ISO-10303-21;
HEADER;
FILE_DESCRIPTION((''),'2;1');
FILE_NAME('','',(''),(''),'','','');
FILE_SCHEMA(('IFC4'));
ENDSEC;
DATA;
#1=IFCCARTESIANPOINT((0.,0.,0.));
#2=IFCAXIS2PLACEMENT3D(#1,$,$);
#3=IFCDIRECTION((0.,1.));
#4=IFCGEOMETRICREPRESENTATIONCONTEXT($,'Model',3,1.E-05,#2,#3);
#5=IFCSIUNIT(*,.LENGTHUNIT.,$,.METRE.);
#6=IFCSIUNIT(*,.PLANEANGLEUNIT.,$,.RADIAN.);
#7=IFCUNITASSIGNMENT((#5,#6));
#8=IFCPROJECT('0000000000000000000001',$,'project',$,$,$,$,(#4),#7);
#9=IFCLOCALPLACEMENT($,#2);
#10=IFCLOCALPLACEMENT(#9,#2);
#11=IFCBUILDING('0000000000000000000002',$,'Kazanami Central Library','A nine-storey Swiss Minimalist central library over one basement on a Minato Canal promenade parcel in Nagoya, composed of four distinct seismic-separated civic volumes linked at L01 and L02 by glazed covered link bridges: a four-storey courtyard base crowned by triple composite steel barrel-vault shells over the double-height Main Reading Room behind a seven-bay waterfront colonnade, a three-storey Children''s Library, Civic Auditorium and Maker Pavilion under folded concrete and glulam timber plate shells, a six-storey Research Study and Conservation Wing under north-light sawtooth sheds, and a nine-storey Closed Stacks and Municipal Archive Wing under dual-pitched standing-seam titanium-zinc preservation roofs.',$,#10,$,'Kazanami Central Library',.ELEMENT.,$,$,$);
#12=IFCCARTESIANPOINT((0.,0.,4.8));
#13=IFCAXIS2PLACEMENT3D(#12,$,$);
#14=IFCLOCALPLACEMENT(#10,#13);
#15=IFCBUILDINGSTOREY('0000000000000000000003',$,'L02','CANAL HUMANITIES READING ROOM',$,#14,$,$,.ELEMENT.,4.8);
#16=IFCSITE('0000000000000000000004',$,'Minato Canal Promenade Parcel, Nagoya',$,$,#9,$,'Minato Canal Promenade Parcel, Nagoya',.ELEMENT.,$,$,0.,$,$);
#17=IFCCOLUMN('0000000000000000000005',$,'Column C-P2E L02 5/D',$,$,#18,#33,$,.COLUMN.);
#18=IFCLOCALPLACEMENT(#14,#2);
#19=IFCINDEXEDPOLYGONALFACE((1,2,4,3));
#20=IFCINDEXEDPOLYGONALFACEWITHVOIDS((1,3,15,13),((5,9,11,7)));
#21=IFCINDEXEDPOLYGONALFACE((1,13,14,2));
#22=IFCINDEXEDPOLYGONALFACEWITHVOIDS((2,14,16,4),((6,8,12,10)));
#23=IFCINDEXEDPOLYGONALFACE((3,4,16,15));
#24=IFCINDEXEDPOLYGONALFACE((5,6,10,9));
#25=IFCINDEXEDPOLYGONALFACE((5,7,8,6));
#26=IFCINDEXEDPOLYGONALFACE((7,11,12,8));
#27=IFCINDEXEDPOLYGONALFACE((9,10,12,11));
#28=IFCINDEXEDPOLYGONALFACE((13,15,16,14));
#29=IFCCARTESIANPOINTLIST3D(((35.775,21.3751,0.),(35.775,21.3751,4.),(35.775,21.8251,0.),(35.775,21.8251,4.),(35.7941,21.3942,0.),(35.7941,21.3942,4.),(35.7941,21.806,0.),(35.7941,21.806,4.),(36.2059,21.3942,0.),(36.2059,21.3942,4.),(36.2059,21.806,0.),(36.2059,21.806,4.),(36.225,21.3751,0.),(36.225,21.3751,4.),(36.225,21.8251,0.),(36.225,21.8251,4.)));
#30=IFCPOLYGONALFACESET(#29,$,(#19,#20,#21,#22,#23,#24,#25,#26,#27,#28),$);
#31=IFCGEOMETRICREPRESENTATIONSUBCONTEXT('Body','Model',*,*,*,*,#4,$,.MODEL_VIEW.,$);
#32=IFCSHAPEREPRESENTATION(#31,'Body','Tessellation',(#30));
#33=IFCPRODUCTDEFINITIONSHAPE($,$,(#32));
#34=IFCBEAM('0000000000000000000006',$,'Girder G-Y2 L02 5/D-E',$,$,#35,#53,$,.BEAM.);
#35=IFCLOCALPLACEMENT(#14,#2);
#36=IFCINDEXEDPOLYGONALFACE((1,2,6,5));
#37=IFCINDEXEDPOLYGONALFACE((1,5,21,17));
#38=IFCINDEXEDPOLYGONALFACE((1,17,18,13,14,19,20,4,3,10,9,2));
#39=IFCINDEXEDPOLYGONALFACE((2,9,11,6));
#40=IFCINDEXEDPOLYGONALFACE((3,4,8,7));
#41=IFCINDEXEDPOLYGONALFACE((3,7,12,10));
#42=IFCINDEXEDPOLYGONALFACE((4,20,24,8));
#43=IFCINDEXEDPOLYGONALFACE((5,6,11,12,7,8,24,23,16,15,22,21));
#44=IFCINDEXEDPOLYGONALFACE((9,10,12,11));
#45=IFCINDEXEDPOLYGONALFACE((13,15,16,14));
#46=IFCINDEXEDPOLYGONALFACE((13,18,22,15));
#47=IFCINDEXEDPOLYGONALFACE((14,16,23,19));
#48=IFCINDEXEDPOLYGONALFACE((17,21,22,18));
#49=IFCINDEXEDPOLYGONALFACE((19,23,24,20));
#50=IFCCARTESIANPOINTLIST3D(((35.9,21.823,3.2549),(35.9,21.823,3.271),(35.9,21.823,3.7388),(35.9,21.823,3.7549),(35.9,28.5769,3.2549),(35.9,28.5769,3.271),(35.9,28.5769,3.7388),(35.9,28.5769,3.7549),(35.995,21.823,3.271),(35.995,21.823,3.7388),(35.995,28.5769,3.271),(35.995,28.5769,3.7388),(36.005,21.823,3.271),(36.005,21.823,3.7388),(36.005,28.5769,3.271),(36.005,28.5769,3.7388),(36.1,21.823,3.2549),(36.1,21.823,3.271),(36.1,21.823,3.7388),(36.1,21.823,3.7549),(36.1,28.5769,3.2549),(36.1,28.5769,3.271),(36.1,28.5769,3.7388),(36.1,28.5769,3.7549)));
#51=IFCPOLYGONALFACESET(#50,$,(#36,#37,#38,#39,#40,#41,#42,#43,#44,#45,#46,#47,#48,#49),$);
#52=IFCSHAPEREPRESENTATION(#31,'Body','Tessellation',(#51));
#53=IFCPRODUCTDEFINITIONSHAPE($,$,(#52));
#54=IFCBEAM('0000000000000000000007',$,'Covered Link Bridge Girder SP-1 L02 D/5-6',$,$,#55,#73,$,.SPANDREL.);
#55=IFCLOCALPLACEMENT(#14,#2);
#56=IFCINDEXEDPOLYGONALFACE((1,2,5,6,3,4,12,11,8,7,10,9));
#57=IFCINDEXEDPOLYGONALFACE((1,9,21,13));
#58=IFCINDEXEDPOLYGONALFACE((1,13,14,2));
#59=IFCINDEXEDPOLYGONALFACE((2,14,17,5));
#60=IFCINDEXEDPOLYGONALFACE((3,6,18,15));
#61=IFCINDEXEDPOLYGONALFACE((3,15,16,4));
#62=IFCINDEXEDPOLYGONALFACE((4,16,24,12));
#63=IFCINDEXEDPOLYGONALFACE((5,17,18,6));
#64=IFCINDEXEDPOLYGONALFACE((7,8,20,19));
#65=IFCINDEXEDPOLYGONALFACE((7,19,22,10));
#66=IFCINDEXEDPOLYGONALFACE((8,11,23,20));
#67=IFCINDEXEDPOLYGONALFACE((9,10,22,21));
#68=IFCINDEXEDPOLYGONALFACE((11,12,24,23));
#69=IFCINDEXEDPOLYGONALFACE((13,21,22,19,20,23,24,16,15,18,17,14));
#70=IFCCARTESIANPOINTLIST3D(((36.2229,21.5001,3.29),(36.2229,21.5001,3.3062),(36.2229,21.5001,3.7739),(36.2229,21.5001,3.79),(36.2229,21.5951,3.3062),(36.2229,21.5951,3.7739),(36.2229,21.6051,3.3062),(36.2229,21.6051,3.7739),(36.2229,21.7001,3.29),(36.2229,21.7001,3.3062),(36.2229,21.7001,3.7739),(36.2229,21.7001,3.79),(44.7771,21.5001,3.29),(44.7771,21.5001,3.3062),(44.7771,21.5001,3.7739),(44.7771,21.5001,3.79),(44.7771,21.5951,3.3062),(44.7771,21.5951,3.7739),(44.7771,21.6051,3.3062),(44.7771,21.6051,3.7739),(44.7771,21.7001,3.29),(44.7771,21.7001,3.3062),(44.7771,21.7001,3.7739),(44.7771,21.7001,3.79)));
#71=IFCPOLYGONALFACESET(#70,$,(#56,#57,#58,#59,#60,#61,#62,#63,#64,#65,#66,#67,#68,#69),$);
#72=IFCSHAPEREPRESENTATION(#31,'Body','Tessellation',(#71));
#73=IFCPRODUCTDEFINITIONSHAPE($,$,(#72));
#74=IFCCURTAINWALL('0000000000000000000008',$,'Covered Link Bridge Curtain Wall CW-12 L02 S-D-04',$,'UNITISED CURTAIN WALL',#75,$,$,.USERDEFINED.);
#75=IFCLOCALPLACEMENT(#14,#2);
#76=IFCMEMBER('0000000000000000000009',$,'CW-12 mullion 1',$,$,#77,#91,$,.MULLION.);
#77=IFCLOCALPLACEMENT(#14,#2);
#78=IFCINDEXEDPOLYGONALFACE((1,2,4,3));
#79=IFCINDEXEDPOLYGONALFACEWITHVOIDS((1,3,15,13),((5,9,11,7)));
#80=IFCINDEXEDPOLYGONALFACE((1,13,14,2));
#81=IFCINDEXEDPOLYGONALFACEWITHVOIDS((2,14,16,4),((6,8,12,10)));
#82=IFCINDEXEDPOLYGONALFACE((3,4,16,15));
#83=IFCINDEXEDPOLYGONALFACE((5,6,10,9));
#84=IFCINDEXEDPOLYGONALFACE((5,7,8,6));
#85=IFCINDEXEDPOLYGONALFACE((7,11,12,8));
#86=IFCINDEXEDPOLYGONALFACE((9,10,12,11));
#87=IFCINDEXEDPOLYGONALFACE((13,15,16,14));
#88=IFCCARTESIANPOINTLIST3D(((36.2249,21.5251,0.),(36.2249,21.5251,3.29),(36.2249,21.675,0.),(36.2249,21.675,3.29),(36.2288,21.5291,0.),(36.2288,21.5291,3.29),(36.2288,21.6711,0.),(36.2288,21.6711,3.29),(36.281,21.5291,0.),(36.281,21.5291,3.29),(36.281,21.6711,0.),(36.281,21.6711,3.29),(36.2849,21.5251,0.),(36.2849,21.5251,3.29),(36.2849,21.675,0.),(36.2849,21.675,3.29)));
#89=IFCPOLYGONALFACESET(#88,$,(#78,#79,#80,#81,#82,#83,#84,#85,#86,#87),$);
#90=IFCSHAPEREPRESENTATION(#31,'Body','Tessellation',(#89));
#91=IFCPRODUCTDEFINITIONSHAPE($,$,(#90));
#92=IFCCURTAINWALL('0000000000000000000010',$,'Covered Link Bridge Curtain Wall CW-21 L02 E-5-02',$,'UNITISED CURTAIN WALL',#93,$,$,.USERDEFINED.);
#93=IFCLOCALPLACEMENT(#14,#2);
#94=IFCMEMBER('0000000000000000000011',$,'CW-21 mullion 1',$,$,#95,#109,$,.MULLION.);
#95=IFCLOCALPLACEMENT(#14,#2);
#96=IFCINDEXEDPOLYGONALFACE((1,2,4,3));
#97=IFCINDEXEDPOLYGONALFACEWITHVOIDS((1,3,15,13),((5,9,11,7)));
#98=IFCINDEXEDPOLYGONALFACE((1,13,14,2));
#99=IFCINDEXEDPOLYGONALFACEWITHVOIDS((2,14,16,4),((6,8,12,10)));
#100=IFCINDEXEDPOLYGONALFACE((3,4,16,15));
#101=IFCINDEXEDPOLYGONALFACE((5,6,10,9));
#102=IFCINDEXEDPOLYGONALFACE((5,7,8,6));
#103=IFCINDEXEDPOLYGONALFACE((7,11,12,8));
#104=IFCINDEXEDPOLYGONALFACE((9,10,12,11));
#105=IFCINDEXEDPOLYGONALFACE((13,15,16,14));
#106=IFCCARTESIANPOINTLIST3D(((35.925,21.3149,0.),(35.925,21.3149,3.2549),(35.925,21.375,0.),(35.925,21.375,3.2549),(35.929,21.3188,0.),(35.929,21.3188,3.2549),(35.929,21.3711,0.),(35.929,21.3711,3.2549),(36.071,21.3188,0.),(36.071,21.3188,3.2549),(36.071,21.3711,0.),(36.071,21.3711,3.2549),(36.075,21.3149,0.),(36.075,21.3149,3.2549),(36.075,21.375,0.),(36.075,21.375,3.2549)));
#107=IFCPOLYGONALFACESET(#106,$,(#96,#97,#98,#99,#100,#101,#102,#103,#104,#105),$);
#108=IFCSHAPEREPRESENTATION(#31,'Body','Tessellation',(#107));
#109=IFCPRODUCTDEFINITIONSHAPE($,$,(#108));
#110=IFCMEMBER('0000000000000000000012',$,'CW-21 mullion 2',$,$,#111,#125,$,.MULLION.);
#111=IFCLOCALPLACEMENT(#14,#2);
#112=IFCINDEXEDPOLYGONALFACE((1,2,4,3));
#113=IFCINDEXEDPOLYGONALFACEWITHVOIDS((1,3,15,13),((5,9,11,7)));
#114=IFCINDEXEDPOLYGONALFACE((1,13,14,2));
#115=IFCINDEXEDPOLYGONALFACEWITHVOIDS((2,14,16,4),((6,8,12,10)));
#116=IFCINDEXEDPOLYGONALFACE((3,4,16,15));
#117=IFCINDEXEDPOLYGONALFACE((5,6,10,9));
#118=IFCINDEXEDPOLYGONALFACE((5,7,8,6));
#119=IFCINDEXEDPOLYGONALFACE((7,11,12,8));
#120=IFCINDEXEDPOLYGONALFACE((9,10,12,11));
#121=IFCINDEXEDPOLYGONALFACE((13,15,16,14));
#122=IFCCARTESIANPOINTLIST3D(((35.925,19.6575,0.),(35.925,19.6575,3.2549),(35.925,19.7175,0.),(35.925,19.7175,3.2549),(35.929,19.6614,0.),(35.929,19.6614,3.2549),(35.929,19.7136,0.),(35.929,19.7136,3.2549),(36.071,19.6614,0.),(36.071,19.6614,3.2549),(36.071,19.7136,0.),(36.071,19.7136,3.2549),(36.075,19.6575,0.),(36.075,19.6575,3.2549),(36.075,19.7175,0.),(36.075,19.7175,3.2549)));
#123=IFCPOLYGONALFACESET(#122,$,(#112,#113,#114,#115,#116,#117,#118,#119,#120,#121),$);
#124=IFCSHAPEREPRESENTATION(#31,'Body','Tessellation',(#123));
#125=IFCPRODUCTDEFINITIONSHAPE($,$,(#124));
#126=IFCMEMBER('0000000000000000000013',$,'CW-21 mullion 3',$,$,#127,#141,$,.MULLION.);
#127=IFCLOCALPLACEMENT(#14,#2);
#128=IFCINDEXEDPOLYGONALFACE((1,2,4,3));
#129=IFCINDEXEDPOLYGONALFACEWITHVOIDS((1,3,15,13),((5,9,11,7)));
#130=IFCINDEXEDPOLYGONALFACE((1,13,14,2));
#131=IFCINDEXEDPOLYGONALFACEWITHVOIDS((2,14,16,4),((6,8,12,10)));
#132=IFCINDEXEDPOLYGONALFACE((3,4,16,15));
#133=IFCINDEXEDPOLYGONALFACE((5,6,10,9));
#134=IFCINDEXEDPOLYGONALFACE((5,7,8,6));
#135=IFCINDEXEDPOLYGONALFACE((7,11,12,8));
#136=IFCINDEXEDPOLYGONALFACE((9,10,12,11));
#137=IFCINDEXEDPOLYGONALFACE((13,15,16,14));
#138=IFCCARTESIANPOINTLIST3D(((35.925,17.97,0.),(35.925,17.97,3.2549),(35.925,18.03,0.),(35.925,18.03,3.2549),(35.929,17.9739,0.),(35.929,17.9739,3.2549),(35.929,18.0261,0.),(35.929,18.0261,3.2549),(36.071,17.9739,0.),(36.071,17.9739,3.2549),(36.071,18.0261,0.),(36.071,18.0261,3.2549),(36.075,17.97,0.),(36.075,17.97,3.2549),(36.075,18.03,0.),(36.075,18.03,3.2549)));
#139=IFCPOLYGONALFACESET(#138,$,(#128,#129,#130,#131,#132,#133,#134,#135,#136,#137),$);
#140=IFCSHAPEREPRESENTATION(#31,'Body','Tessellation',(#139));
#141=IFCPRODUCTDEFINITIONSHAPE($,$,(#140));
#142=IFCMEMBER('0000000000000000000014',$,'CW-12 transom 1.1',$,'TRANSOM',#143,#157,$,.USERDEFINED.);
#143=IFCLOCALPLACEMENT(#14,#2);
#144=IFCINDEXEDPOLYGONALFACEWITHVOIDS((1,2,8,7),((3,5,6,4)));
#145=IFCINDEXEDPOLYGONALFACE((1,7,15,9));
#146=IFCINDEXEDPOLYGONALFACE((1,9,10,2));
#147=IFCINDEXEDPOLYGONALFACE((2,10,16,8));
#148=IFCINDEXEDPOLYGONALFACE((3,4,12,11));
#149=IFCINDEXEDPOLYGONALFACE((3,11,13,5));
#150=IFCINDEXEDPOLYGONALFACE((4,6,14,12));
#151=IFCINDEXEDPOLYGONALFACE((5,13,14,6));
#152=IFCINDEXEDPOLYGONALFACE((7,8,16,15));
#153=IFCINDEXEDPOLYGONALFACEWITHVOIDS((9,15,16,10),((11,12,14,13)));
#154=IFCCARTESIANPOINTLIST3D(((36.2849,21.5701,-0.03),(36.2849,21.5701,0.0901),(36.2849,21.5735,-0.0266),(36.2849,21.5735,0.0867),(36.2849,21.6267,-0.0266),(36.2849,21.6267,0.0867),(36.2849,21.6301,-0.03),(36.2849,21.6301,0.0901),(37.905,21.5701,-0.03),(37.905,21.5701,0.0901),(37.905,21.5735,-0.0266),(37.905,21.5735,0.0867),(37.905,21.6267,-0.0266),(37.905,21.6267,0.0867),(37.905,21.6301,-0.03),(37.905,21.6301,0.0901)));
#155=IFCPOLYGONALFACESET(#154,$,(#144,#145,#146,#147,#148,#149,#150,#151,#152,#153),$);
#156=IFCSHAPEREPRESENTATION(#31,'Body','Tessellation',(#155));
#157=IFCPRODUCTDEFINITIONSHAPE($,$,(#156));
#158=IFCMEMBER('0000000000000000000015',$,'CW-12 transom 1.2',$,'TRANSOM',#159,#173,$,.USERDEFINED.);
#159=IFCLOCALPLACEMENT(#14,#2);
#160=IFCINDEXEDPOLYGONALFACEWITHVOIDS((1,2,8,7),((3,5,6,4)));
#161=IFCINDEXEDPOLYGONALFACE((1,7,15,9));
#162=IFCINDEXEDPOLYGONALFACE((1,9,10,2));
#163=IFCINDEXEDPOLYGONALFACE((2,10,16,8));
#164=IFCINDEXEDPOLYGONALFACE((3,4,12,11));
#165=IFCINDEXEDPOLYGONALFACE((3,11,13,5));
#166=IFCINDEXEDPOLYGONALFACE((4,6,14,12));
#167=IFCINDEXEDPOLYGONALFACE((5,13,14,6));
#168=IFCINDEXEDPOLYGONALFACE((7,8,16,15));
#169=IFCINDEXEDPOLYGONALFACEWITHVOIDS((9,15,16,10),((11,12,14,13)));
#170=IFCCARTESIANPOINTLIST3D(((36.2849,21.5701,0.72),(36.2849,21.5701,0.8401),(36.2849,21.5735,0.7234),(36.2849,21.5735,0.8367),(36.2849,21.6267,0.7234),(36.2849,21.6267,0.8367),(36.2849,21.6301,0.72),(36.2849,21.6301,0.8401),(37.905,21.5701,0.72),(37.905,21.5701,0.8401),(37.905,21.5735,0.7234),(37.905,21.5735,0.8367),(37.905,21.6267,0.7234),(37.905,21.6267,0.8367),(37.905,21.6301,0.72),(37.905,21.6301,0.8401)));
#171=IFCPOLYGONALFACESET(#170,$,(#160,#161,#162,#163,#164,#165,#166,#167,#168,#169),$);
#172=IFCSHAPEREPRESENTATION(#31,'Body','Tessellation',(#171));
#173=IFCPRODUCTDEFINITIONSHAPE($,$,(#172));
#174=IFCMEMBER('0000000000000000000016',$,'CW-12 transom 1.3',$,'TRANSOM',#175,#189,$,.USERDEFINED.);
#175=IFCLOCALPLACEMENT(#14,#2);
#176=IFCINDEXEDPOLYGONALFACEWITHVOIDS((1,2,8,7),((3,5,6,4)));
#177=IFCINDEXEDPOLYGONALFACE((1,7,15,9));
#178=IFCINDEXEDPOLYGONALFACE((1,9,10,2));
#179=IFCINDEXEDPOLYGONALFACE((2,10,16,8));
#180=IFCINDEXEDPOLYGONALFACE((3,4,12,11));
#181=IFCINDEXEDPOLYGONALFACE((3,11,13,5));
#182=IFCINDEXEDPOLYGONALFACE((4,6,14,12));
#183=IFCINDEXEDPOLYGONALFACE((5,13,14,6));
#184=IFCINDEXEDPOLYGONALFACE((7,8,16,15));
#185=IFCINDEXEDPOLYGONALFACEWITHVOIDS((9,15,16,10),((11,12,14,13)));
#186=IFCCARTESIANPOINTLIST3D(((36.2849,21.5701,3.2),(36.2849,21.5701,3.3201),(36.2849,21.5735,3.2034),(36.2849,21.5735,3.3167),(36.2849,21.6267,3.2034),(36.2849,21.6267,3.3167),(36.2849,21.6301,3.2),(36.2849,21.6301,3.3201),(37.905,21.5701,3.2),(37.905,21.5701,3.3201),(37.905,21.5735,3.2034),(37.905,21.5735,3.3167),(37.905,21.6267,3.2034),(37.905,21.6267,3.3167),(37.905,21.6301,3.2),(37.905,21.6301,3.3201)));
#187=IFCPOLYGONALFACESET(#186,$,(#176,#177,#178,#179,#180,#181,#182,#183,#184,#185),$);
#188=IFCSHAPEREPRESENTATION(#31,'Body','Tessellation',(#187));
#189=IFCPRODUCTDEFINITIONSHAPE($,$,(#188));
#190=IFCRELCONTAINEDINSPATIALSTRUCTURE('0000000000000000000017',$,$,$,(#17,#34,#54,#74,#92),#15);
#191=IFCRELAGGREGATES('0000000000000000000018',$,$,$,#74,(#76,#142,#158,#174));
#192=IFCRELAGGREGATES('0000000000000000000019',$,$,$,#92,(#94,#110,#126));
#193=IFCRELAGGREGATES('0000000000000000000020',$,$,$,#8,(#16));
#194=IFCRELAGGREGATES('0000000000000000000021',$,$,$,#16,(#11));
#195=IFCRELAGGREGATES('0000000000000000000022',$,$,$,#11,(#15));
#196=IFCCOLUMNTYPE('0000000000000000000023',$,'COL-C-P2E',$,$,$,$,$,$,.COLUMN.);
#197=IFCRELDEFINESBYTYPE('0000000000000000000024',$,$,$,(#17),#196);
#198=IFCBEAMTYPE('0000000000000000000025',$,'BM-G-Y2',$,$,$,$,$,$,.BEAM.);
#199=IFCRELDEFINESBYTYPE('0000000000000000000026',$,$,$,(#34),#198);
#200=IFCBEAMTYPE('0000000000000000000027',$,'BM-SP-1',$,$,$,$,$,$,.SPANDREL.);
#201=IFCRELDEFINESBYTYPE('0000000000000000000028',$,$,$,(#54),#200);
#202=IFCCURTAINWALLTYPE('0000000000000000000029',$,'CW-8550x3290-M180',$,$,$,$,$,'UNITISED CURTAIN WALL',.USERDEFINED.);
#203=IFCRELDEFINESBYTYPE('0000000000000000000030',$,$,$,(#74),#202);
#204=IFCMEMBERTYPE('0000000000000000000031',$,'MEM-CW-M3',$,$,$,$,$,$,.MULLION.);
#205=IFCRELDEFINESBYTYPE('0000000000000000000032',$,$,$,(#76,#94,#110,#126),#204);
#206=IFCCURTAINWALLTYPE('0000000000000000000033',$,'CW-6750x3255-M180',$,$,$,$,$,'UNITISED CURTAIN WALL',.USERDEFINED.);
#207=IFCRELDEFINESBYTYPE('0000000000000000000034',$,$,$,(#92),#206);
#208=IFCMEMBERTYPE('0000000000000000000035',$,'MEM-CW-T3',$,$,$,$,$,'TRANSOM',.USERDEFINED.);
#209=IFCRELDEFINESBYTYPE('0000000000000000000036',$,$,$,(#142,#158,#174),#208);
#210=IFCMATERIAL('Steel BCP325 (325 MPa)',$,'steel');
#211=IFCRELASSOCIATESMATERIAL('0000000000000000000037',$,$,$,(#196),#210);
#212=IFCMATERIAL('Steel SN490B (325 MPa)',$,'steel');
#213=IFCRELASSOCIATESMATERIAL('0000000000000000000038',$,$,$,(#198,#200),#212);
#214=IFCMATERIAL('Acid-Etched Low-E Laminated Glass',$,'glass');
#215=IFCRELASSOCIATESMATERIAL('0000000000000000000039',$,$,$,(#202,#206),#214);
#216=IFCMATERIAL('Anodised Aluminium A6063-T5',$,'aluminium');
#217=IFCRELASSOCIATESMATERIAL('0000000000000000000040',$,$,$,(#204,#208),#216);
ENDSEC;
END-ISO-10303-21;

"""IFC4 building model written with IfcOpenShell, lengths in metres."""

from ifc_helpers import new_model, si_unit, direction, frame, origin, origin_2d, place, context, subcontext, project, spatial, hollow_rectangle, i_section, extrude, material, material_profile, profile_set, type_object, element, aggregate, save


model = new_model("IFC4")

# Units and contexts
model_context = context("Model", 3, precision=1e-05, world=origin(), true_north=direction((0.0, 1.0)))
body_context = subcontext(model_context, "Body", "Model", "MODEL_VIEW")
ifc_project = project(units=[si_unit("LENGTHUNIT", "METRE"), si_unit("PLANEANGLEUNIT", "RADIAN")], contexts=[model_context])

# Site, building, storey
site_placement = place(None, origin())
site = spatial("IfcSite", under=ifc_project, at=site_placement, Name="Minato Canal Promenade Parcel, Nagoya", LongName="Minato Canal Promenade Parcel, Nagoya", CompositionType="ELEMENT", RefElevation=0.0)
building_placement = place(site_placement, origin())
building = spatial("IfcBuilding", under=site, at=building_placement, Name="Kazanami Central Library", Description="A nine-storey Swiss Minimalist central library over one basement on a Minato Canal promenade parcel in Nagoya, composed of four distinct seismic-separated civic volumes linked at L01 and L02 by glazed covered link bridges: a four-storey courtyard base crowned by triple composite steel barrel-vault shells over the double-height Main Reading Room behind a seven-bay waterfront colonnade, a three-storey Children's Library, Civic Auditorium and Maker Pavilion under folded concrete and glulam timber plate shells, a six-storey Research Study and Conservation Wing under north-light sawtooth sheds, and a nine-storey Closed Stacks and Municipal Archive Wing under dual-pitched standing-seam titanium-zinc preservation roofs.", LongName="Kazanami Central Library", CompositionType="ELEMENT")
storey_placement = place(building_placement, frame((0.0, 0.0, 4.8)))
storey = spatial("IfcBuildingStorey", under=building, at=storey_placement, Name="L02", Description="CANAL HUMANITIES READING ROOM", CompositionType="ELEMENT", Elevation=4.8)

# Column
ifc_material_1 = material(Name="Steel BCP325 (325 MPa)", Category="steel")
ifc_material_profile_1 = material_profile(ifc_material_1, hollow_rectangle(XDim=0.45, YDim=0.45, WallThickness=0.019, at=origin_2d()), Name="BCP-450x450x19")
ifc_profile_set_1 = profile_set([ifc_material_profile_1], Name="Steel BCP325 (325 MPa)")
column_type = type_object("IfcColumnType", Name="COL-C-P2E", PredefinedType="COLUMN", material=ifc_profile_set_1)
column_placement = place(storey_placement, frame((36.0, 21.6001, 0.0), z_axis=(0.0, 0.0, 1.0), x_axis=(1.0, 0.0, 0.0)))
element("IfcColumn", 1, at=column_placement, inside=storey, type_object=column_type, Name="Column C-P2E L02 5/D", PredefinedType="COLUMN", context=body_context, shape_type="SweptSolid", body=[
    extrude(hollow_rectangle(XDim=0.45, YDim=0.45, WallThickness=0.019, at=origin_2d()), origin(), (0.0, 0.0, 1.0), 4.0),
])

# Beams
ifc_material_2 = material(Name="Steel SN490B (325 MPa)", Category="steel")
ifc_material_profile_2 = material_profile(ifc_material_2, i_section(OverallWidth=0.2, OverallDepth=0.5, WebThickness=0.01, FlangeThickness=0.0161, at=origin_2d()), Name="H-500x200x10x16")
ifc_profile_set_2 = profile_set([ifc_material_profile_2], Name="Steel SN490B (325 MPa)")
beam_type_1 = type_object("IfcBeamType", Name="BM-G-Y2", PredefinedType="BEAM", material=ifc_profile_set_2)
beam_1_placement = place(storey_placement, frame((36.0, 21.823, 3.5049), z_axis=(0.0, 1.0, 0.0), x_axis=(-1.0, 0.0, 0.0)))
element("IfcBeam", 2, at=beam_1_placement, inside=storey, type_object=beam_type_1, Name="Girder G-Y2 L02 5/D-E", PredefinedType="BEAM", context=body_context, shape_type="SweptSolid", body=[
    extrude(i_section(OverallWidth=0.2, OverallDepth=0.5, WebThickness=0.01, FlangeThickness=0.0161, at=origin_2d()), origin(), (0.0, 0.0, 1.0), 6.7539),
])
ifc_material_profile_3 = material_profile(ifc_material_2, i_section(OverallWidth=0.2, OverallDepth=0.5, WebThickness=0.01, FlangeThickness=0.0161, at=origin_2d()), Name="H-500x200x10x16")
ifc_profile_set_3 = profile_set([ifc_material_profile_3], Name="Steel SN490B (325 MPa)")
beam_type_2 = type_object("IfcBeamType", Name="BM-SP-1", PredefinedType="SPANDREL", material=ifc_profile_set_3)
beam_2_placement = place(storey_placement, frame((36.2229, 21.6001, 3.54), z_axis=(1.0, 0.0, 0.0), x_axis=(0.0, 1.0, 0.0)))
element("IfcBeam", 3, at=beam_2_placement, inside=storey, type_object=beam_type_2, Name="Covered Link Bridge Girder SP-1 L02 D/5-6", PredefinedType="SPANDREL", context=body_context, shape_type="SweptSolid", body=[
    extrude(i_section(OverallWidth=0.2, OverallDepth=0.5, WebThickness=0.01, FlangeThickness=0.0161, at=origin_2d()), origin(), (0.0, 0.0, 1.0), 8.5542),
])

# Curtain wall, member
ifc_material_3 = material(Name="Acid-Etched Low-E Laminated Glass", Category="glass")
curtain_wall_type_1 = type_object("IfcCurtainWallType", Name="CW-8550x3290-M180", ElementType="UNITISED CURTAIN WALL", PredefinedType="USERDEFINED", material=ifc_material_3)
curtain_wall_1_placement = place(storey_placement, origin())
curtain_wall_1 = element("IfcCurtainWall", 4, at=curtain_wall_1_placement, inside=storey, type_object=curtain_wall_type_1, Name="Covered Link Bridge Curtain Wall CW-12 L02 S-D-04", ObjectType="UNITISED CURTAIN WALL", PredefinedType="USERDEFINED")
ifc_material_4 = material(Name="Anodised Aluminium A6063-T5", Category="aluminium")
ifc_material_profile_4 = material_profile(ifc_material_4, hollow_rectangle(XDim=0.0601, YDim=0.1499, WallThickness=0.0039, at=origin_2d()), Name="ALU-MULL-60x150x4")
ifc_profile_set_4 = profile_set([ifc_material_profile_4], Name="Anodised Aluminium A6063-T5")
member_type_1 = type_object("IfcMemberType", Name="MEM-CW-M3", PredefinedType="MULLION", material=ifc_profile_set_4)
member_1_placement = place(storey_placement, frame((36.2549, 21.6001, 0.0), z_axis=(0.0, 0.0, 1.0), x_axis=(1.0, 0.0, 0.0)))
member_1 = element("IfcMember", 5, at=member_1_placement, type_object=member_type_1, Name="CW-12 mullion 1", PredefinedType="MULLION", context=body_context, shape_type="SweptSolid", body=[
    extrude(hollow_rectangle(XDim=0.0601, YDim=0.1499, WallThickness=0.0039, at=origin_2d()), origin(), (0.0, 0.0, 1.0), 3.29),
])

# Curtain wall, members
curtain_wall_type_2 = type_object("IfcCurtainWallType", Name="CW-6750x3255-M180", ElementType="UNITISED CURTAIN WALL", PredefinedType="USERDEFINED", material=ifc_material_3)
curtain_wall_2_placement = place(storey_placement, origin())
curtain_wall_2 = element("IfcCurtainWall", 6, at=curtain_wall_2_placement, inside=storey, type_object=curtain_wall_type_2, Name="Covered Link Bridge Curtain Wall CW-21 L02 E-5-02", ObjectType="UNITISED CURTAIN WALL", PredefinedType="USERDEFINED")
member_2_placement = place(storey_placement, frame((36.0, 21.345, 0.0), z_axis=(0.0, 0.0, 1.0), x_axis=(0.0, -1.0, 0.0)))
member_2 = element("IfcMember", 7, at=member_2_placement, type_object=member_type_1, Name="CW-21 mullion 1", PredefinedType="MULLION", context=body_context, shape_type="SweptSolid", body=[
    extrude(hollow_rectangle(XDim=0.0601, YDim=0.1499, WallThickness=0.0039, at=origin_2d()), origin(), (0.0, 0.0, 1.0), 3.2549),
])
member_3_placement = place(storey_placement, frame((36.0, 19.6875, 0.0), z_axis=(0.0, 0.0, 1.0), x_axis=(0.0, -1.0, 0.0)))
member_3 = element("IfcMember", 8, at=member_3_placement, type_object=member_type_1, Name="CW-21 mullion 2", PredefinedType="MULLION", context=body_context, shape_type="SweptSolid", body=[
    extrude(hollow_rectangle(XDim=0.0601, YDim=0.1499, WallThickness=0.0039, at=origin_2d()), origin(), (0.0, 0.0, 1.0), 3.2549),
])
member_4_placement = place(storey_placement, frame((36.0, 18.0, 0.0), z_axis=(0.0, 0.0, 1.0), x_axis=(0.0, -1.0, 0.0)))
member_4 = element("IfcMember", 9, at=member_4_placement, type_object=member_type_1, Name="CW-21 mullion 3", PredefinedType="MULLION", context=body_context, shape_type="SweptSolid", body=[
    extrude(hollow_rectangle(XDim=0.0601, YDim=0.1499, WallThickness=0.0039, at=origin_2d()), origin(), (0.0, 0.0, 1.0), 3.2549),
])

# Members
ifc_material_profile_5 = material_profile(ifc_material_4, hollow_rectangle(XDim=0.0601, YDim=0.1201, WallThickness=0.0034, at=origin_2d()), Name="ALU-TRAN-60x120x3.5")
ifc_profile_set_5 = profile_set([ifc_material_profile_5], Name="Anodised Aluminium A6063-T5")
member_type_2 = type_object("IfcMemberType", Name="MEM-CW-T3", ElementType="TRANSOM", PredefinedType="USERDEFINED", material=ifc_profile_set_5)
member_5_placement = place(storey_placement, frame((36.2849, 21.6001, 0.03), z_axis=(1.0, 0.0, 0.0), x_axis=(0.0, 1.0, 0.0)))
member_5 = element("IfcMember", 10, at=member_5_placement, type_object=member_type_2, Name="CW-12 transom 1.1", ObjectType="TRANSOM", PredefinedType="USERDEFINED", context=body_context, shape_type="SweptSolid", body=[
    extrude(hollow_rectangle(XDim=0.0601, YDim=0.1201, WallThickness=0.0034, at=origin_2d()), origin(), (0.0, 0.0, 1.0), 1.6201),
])
member_6_placement = place(storey_placement, frame((36.2849, 21.6001, 0.78), z_axis=(1.0, 0.0, 0.0), x_axis=(0.0, 1.0, 0.0)))
member_6 = element("IfcMember", 11, at=member_6_placement, type_object=member_type_2, Name="CW-12 transom 1.2", ObjectType="TRANSOM", PredefinedType="USERDEFINED", context=body_context, shape_type="SweptSolid", body=[
    extrude(hollow_rectangle(XDim=0.0601, YDim=0.1201, WallThickness=0.0034, at=origin_2d()), origin(), (0.0, 0.0, 1.0), 1.6201),
])
member_7_placement = place(storey_placement, frame((36.2849, 21.6001, 3.26), z_axis=(1.0, 0.0, 0.0), x_axis=(0.0, 1.0, 0.0)))
member_7 = element("IfcMember", 12, at=member_7_placement, type_object=member_type_2, Name="CW-12 transom 1.3", ObjectType="TRANSOM", PredefinedType="USERDEFINED", context=body_context, shape_type="SweptSolid", body=[
    extrude(hollow_rectangle(XDim=0.0601, YDim=0.1201, WallThickness=0.0034, at=origin_2d()), origin(), (0.0, 0.0, 1.0), 1.6201),
])

aggregate(curtain_wall_1, [member_1, member_5, member_6, member_7])
aggregate(curtain_wall_2, [member_2, member_3, member_4])

save(model, "model.ifc")
